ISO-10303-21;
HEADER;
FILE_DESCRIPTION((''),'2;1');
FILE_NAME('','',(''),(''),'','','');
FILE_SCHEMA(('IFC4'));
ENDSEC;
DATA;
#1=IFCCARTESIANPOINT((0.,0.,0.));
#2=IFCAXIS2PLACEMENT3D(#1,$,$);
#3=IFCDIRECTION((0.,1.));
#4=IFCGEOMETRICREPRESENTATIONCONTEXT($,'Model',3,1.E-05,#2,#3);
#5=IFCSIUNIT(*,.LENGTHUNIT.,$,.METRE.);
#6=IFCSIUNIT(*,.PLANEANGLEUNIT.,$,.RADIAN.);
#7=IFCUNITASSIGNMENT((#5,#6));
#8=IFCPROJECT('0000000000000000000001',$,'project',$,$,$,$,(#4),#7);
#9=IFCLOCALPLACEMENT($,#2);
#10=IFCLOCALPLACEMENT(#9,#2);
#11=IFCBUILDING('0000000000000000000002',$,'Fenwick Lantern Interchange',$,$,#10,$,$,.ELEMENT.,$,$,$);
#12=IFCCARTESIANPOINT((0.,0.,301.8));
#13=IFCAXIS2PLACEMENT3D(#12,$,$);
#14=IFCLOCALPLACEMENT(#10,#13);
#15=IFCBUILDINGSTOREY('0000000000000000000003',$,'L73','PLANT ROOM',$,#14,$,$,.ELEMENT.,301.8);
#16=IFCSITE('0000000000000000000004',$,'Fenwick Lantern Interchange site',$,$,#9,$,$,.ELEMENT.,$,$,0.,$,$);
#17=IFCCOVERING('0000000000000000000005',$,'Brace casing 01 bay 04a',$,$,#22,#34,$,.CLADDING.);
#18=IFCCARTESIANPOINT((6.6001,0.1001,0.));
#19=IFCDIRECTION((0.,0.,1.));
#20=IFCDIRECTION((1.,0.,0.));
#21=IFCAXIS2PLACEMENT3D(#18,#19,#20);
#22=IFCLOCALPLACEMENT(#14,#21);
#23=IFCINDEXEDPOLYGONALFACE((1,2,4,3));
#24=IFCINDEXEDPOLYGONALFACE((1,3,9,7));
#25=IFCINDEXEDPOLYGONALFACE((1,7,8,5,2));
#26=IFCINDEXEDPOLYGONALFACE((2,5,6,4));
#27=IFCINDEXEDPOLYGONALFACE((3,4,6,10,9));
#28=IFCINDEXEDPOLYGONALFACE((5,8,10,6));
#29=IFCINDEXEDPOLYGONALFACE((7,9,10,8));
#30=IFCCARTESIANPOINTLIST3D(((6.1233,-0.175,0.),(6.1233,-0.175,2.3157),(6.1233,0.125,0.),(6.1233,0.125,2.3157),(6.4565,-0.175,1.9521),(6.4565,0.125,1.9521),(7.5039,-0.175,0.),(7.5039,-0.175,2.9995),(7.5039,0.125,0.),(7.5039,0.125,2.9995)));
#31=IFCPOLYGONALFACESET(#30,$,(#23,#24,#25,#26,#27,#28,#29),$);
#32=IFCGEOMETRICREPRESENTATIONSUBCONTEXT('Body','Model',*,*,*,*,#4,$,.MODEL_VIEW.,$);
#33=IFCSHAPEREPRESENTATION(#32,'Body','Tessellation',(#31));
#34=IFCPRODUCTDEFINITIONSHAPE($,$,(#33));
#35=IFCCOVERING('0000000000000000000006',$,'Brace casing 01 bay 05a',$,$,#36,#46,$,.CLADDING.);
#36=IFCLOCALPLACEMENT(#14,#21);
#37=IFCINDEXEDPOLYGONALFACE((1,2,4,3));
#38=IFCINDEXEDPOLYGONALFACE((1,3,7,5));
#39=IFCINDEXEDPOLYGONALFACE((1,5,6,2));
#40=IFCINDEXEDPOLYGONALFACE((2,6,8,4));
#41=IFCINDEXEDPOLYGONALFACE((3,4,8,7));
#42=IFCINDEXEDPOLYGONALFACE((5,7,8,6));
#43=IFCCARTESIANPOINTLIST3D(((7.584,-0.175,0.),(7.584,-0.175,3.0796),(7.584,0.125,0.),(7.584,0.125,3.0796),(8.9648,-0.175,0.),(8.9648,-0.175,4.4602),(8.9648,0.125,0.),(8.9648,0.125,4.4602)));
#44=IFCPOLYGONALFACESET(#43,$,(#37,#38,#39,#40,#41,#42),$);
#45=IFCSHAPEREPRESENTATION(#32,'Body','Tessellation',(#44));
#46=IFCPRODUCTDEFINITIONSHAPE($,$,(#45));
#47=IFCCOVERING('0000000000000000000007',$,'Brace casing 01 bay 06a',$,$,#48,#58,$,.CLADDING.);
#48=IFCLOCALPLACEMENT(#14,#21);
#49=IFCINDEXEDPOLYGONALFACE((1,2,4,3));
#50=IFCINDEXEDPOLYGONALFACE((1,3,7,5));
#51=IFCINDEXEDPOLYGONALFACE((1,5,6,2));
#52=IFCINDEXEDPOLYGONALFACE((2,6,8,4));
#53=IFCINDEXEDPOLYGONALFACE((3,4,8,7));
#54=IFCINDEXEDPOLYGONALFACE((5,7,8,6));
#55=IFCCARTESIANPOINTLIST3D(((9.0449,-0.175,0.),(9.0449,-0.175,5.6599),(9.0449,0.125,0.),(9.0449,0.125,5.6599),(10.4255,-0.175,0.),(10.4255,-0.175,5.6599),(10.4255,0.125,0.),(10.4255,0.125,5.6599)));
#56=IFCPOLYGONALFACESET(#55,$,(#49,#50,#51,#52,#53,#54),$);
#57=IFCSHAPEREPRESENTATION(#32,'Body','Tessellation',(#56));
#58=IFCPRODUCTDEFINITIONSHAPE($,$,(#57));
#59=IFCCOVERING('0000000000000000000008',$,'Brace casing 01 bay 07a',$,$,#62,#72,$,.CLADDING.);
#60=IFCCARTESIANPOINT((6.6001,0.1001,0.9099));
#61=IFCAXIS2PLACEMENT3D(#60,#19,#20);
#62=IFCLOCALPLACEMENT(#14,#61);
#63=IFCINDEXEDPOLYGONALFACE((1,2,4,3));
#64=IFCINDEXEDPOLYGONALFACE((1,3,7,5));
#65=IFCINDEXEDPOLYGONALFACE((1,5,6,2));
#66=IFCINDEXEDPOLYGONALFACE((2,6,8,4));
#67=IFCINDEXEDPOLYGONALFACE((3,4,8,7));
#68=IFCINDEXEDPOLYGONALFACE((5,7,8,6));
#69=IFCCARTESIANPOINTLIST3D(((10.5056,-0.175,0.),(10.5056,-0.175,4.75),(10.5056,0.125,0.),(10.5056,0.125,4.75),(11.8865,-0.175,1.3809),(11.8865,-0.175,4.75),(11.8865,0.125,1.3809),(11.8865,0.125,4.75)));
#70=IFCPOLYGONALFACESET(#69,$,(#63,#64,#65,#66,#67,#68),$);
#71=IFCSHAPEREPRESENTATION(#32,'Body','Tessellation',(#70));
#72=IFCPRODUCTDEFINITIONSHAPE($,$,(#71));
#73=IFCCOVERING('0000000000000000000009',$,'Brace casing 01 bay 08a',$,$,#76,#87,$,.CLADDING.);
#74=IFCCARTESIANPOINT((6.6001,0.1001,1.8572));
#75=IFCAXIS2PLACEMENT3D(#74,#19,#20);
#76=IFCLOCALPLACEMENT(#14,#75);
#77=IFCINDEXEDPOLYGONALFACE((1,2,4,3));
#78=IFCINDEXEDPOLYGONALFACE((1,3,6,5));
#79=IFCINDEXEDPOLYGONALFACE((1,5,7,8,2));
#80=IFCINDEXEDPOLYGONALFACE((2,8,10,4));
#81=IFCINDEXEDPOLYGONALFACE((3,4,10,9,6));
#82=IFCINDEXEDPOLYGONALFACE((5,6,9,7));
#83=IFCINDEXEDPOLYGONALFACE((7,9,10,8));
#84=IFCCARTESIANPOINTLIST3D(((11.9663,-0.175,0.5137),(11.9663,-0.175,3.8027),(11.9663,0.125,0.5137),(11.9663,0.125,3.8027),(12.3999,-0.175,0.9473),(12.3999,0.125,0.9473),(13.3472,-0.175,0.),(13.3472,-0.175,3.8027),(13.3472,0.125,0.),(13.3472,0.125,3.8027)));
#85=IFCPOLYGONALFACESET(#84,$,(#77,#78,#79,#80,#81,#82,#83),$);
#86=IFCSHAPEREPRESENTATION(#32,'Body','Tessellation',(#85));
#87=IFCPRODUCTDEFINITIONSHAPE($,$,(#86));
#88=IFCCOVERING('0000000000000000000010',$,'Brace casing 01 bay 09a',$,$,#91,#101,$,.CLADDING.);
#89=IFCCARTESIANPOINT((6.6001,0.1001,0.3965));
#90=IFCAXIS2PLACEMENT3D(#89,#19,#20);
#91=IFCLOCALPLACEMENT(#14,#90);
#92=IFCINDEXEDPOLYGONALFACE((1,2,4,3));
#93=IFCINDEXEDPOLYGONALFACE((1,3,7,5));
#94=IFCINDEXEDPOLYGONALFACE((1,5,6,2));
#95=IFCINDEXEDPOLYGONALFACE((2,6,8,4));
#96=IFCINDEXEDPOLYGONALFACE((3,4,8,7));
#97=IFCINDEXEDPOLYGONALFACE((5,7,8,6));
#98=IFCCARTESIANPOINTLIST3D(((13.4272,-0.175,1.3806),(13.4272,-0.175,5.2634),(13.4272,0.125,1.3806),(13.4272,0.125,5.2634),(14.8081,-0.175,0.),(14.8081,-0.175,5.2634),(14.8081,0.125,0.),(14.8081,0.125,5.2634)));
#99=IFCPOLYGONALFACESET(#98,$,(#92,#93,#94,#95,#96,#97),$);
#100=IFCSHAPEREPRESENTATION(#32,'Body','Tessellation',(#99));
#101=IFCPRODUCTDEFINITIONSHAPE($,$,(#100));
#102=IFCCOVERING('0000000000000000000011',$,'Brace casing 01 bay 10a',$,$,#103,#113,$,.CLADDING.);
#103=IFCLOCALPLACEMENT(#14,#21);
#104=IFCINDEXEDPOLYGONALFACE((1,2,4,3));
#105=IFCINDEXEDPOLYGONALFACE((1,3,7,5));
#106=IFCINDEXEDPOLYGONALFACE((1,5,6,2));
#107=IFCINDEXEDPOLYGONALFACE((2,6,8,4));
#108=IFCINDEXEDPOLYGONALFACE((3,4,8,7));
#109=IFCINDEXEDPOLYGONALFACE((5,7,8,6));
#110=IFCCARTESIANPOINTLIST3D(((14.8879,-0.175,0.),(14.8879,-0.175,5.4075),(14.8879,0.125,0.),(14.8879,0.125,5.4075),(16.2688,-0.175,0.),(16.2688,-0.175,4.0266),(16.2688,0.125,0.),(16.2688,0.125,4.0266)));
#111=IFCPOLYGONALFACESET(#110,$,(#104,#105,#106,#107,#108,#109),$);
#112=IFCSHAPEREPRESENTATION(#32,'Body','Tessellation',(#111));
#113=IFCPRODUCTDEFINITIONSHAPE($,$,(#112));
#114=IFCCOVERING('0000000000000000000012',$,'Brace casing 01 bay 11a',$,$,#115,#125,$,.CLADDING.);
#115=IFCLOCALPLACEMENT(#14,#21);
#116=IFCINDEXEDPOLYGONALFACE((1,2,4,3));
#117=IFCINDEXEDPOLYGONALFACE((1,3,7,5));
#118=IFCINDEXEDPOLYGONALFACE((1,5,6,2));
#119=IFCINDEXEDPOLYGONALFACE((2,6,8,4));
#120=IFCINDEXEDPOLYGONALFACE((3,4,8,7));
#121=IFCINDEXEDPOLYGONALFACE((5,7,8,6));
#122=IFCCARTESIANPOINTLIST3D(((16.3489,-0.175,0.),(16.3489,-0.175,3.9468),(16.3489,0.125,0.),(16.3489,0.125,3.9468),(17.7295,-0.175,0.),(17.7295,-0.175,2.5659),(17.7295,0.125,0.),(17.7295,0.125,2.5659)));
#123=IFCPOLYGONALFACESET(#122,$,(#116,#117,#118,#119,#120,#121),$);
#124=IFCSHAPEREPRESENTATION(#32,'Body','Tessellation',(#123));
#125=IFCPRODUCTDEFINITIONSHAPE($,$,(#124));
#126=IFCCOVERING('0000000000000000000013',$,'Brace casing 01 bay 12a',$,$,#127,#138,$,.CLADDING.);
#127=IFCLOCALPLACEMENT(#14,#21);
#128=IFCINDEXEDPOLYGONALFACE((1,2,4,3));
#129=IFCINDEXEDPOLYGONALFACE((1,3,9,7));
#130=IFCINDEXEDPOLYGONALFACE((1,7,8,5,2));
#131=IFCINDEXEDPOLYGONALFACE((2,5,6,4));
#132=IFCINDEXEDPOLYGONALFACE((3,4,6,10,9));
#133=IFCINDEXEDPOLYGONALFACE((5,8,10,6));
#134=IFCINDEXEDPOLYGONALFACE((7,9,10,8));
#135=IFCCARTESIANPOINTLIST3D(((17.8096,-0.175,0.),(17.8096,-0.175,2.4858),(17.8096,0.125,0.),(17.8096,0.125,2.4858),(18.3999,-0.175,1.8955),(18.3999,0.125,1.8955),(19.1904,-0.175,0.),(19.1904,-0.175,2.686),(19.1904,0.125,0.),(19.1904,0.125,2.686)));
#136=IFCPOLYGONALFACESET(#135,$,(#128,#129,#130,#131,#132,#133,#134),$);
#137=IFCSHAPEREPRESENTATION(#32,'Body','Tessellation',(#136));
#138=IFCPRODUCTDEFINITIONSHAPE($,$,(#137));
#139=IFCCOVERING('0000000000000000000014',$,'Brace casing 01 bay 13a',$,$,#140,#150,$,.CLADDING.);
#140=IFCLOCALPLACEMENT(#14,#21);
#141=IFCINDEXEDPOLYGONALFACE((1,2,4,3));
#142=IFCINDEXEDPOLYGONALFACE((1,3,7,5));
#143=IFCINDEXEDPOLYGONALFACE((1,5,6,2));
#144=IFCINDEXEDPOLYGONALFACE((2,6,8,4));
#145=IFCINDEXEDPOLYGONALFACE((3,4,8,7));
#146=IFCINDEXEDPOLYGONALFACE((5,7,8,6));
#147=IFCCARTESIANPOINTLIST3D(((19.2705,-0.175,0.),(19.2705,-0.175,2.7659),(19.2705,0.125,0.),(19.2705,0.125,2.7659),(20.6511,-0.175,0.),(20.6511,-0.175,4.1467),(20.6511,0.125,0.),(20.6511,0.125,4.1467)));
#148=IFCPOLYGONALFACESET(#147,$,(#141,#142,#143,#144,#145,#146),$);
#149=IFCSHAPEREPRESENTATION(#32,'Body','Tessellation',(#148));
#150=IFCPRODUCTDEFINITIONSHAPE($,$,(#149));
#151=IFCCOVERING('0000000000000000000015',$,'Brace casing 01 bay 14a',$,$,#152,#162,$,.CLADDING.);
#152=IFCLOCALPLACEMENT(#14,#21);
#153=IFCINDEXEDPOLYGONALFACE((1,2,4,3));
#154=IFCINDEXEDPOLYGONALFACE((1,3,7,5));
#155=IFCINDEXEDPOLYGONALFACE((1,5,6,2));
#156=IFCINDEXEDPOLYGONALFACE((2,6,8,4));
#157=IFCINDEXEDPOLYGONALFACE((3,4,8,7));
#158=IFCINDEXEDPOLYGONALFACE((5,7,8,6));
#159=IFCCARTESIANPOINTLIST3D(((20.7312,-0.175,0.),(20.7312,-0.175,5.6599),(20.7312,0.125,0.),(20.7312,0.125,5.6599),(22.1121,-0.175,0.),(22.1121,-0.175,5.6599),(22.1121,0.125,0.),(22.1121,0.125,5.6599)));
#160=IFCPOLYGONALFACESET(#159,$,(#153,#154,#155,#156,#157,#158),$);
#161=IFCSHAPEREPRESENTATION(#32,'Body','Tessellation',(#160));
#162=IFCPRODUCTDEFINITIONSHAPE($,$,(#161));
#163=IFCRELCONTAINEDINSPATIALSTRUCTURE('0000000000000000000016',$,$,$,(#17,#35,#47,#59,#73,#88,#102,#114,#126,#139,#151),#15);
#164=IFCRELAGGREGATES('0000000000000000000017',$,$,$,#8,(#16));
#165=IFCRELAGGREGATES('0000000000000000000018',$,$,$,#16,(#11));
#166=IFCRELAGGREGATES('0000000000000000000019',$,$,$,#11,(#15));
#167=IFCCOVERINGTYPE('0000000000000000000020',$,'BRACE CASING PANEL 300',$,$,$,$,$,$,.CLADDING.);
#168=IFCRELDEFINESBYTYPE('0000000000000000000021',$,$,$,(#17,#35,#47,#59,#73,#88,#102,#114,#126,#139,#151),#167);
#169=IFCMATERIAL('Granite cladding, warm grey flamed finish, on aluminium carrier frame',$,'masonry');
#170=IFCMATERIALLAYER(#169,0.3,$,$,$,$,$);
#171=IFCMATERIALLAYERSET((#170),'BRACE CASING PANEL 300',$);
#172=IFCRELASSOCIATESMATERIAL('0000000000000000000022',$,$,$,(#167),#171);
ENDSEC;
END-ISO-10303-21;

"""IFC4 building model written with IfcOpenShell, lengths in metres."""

from ifc_helpers import new_model, si_unit, direction, frame, origin, place, context, subcontext, project, spatial, polyline, outline, extrude, material, layer, layer_set, type_object, element, save


model = new_model("IFC4")

# Units and contexts
model_context = context("Model", 3, precision=1e-05, world=origin(), true_north=direction((0.0, 1.0)))
body_context = subcontext(model_context, "Body", "Model", "MODEL_VIEW")
ifc_project = project(units=[si_unit("LENGTHUNIT", "METRE"), si_unit("PLANEANGLEUNIT", "RADIAN")], contexts=[model_context])

# Site, building, storey
site_placement = place(None, origin())
site = spatial("IfcSite", under=ifc_project, at=site_placement, Name="Fenwick Lantern Interchange site", CompositionType="ELEMENT", RefElevation=0.0)
building_placement = place(site_placement, origin())
building = spatial("IfcBuilding", under=site, at=building_placement, Name="Fenwick Lantern Interchange", CompositionType="ELEMENT")
storey_placement = place(building_placement, frame((0.0, 0.0, 301.8)))
storey = spatial("IfcBuildingStorey", under=building, at=storey_placement, Name="L73", Description="PLANT ROOM", CompositionType="ELEMENT", Elevation=301.8)

# Coverings
ifc_material_1 = material(Name="Granite cladding, warm grey flamed finish, on aluminium carrier frame", Category="masonry")
ifc_layer_1 = layer(ifc_material_1, 0.3)
ifc_layer_set_1 = layer_set([ifc_layer_1], Name="BRACE CASING PANEL 300")
covering_type = type_object("IfcCoveringType", Name="BRACE CASING PANEL 300", PredefinedType="CLADDING", material=ifc_layer_set_1)
covering_1_placement = place(storey_placement, frame((6.6001, 0.1001, 0.0), z_axis=(0.0, 0.0, 1.0), x_axis=(1.0, 0.0, 0.0)))
element("IfcCovering", 1, at=covering_1_placement, inside=storey, type_object=covering_type, Name="Brace casing 01 bay 04a", PredefinedType="CLADDING", context=body_context, shape_type="SweptSolid", body=[
    extrude(outline(polyline([(6.1233, 0.0), (7.5039, 0.0), (7.5039, 2.9995), (6.4565, 1.9521), (6.1233, 2.3157), (6.1233, 0.0)])), frame((0.0, 0.125, 0.0), z_axis=(0.0, -1.0, 0.0), x_axis=(1.0, 0.0, 0.0)), (0.0, 0.0, 1.0), 0.3),
])
covering_2_placement = place(storey_placement, frame((6.6001, 0.1001, 0.0), z_axis=(0.0, 0.0, 1.0), x_axis=(1.0, 0.0, 0.0)))
element("IfcCovering", 2, at=covering_2_placement, inside=storey, type_object=covering_type, Name="Brace casing 01 bay 05a", PredefinedType="CLADDING", context=body_context, shape_type="SweptSolid", body=[
    extrude(outline(polyline([(7.584, 0.0), (8.9648, 0.0), (8.9648, 4.4602), (7.584, 3.0796), (7.584, 0.0)])), frame((0.0, 0.125, 0.0), z_axis=(0.0, -1.0, 0.0), x_axis=(1.0, 0.0, 0.0)), (0.0, 0.0, 1.0), 0.3),
])
covering_3_placement = place(storey_placement, frame((6.6001, 0.1001, 0.0), z_axis=(0.0, 0.0, 1.0), x_axis=(1.0, 0.0, 0.0)))
element("IfcCovering", 3, at=covering_3_placement, inside=storey, type_object=covering_type, Name="Brace casing 01 bay 06a", PredefinedType="CLADDING", context=body_context, shape_type="SweptSolid", body=[
    extrude(outline(polyline([(9.0449, 0.0), (10.4255, 0.0), (10.4255, 5.6599), (9.0449, 5.6599), (9.0449, 0.0)])), frame((0.0, 0.125, 0.0), z_axis=(0.0, -1.0, 0.0), x_axis=(1.0, 0.0, 0.0)), (0.0, 0.0, 1.0), 0.3),
])
covering_4_placement = place(storey_placement, frame((6.6001, 0.1001, 0.9099), z_axis=(0.0, 0.0, 1.0), x_axis=(1.0, 0.0, 0.0)))
element("IfcCovering", 4, at=covering_4_placement, inside=storey, type_object=covering_type, Name="Brace casing 01 bay 07a", PredefinedType="CLADDING", context=body_context, shape_type="SweptSolid", body=[
    extrude(outline(polyline([(10.5056, 0.0), (11.8865, 1.3809), (11.8865, 4.75), (10.5056, 4.75), (10.5056, 0.0)])), frame((0.0, 0.125, 0.0), z_axis=(0.0, -1.0, 0.0), x_axis=(1.0, 0.0, 0.0)), (0.0, 0.0, 1.0), 0.3),
])
covering_5_placement = place(storey_placement, frame((6.6001, 0.1001, 1.8572), z_axis=(0.0, 0.0, 1.0), x_axis=(1.0, 0.0, 0.0)))
element("IfcCovering", 5, at=covering_5_placement, inside=storey, type_object=covering_type, Name="Brace casing 01 bay 08a", PredefinedType="CLADDING", context=body_context, shape_type="SweptSolid", body=[
    extrude(outline(polyline([(13.3472, 0.0), (13.3472, 3.8027), (11.9663, 3.8027), (11.9663, 0.5137), (12.3999, 0.9473), (13.3472, 0.0)])), frame((0.0, 0.125, 0.0), z_axis=(0.0, -1.0, 0.0), x_axis=(1.0, 0.0, 0.0)), (0.0, 0.0, 1.0), 0.3),
])
covering_6_placement = place(storey_placement, frame((6.6001, 0.1001, 0.3965), z_axis=(0.0, 0.0, 1.0), x_axis=(1.0, 0.0, 0.0)))
element("IfcCovering", 6, at=covering_6_placement, inside=storey, type_object=covering_type, Name="Brace casing 01 bay 09a", PredefinedType="CLADDING", context=body_context, shape_type="SweptSolid", body=[
    extrude(outline(polyline([(14.8081, 0.0), (14.8081, 5.2634), (13.4272, 5.2634), (13.4272, 1.3806), (14.8081, 0.0)])), frame((0.0, 0.125, 0.0), z_axis=(0.0, -1.0, 0.0), x_axis=(1.0, 0.0, 0.0)), (0.0, 0.0, 1.0), 0.3),
])
covering_7_placement = place(storey_placement, frame((6.6001, 0.1001, 0.0), z_axis=(0.0, 0.0, 1.0), x_axis=(1.0, 0.0, 0.0)))
element("IfcCovering", 7, at=covering_7_placement, inside=storey, type_object=covering_type, Name="Brace casing 01 bay 10a", PredefinedType="CLADDING", context=body_context, shape_type="SweptSolid", body=[
    extrude(outline(polyline([(14.8879, 0.0), (16.2688, 0.0), (16.2688, 4.0266), (14.8879, 5.4075), (14.8879, 0.0)])), frame((0.0, 0.125, 0.0), z_axis=(0.0, -1.0, 0.0), x_axis=(1.0, 0.0, 0.0)), (0.0, 0.0, 1.0), 0.3),
])
covering_8_placement = place(storey_placement, frame((6.6001, 0.1001, 0.0), z_axis=(0.0, 0.0, 1.0), x_axis=(1.0, 0.0, 0.0)))
element("IfcCovering", 8, at=covering_8_placement, inside=storey, type_object=covering_type, Name="Brace casing 01 bay 11a", PredefinedType="CLADDING", context=body_context, shape_type="SweptSolid", body=[
    extrude(outline(polyline([(16.3489, 0.0), (17.7295, 0.0), (17.7295, 2.5659), (16.3489, 3.9468), (16.3489, 0.0)])), frame((0.0, 0.125, 0.0), z_axis=(0.0, -1.0, 0.0), x_axis=(1.0, 0.0, 0.0)), (0.0, 0.0, 1.0), 0.3),
])
covering_9_placement = place(storey_placement, frame((6.6001, 0.1001, 0.0), z_axis=(0.0, 0.0, 1.0), x_axis=(1.0, 0.0, 0.0)))
element("IfcCovering", 9, at=covering_9_placement, inside=storey, type_object=covering_type, Name="Brace casing 01 bay 12a", PredefinedType="CLADDING", context=body_context, shape_type="SweptSolid", body=[
    extrude(outline(polyline([(17.8096, 0.0), (19.1904, 0.0), (19.1904, 2.686), (18.3999, 1.8955), (17.8096, 2.4858), (17.8096, 0.0)])), frame((0.0, 0.125, 0.0), z_axis=(0.0, -1.0, 0.0), x_axis=(1.0, 0.0, 0.0)), (0.0, 0.0, 1.0), 0.3),
])
covering_10_placement = place(storey_placement, frame((6.6001, 0.1001, 0.0), z_axis=(0.0, 0.0, 1.0), x_axis=(1.0, 0.0, 0.0)))
element("IfcCovering", 10, at=covering_10_placement, inside=storey, type_object=covering_type, Name="Brace casing 01 bay 13a", PredefinedType="CLADDING", context=body_context, shape_type="SweptSolid", body=[
    extrude(outline(polyline([(19.2705, 0.0), (20.6511, 0.0), (20.6511, 4.1467), (19.2705, 2.7659), (19.2705, 0.0)])), frame((0.0, 0.125, 0.0), z_axis=(0.0, -1.0, 0.0), x_axis=(1.0, 0.0, 0.0)), (0.0, 0.0, 1.0), 0.3),
])
covering_11_placement = place(storey_placement, frame((6.6001, 0.1001, 0.0), z_axis=(0.0, 0.0, 1.0), x_axis=(1.0, 0.0, 0.0)))
element("IfcCovering", 11, at=covering_11_placement, inside=storey, type_object=covering_type, Name="Brace casing 01 bay 14a", PredefinedType="CLADDING", context=body_context, shape_type="SweptSolid", body=[
    extrude(outline(polyline([(20.7312, 0.0), (22.1121, 0.0), (22.1121, 5.6599), (20.7312, 5.6599), (20.7312, 0.0)])), frame((0.0, 0.125, 0.0), z_axis=(0.0, -1.0, 0.0), x_axis=(1.0, 0.0, 0.0)), (0.0, 0.0, 1.0), 0.3),
])

save(model, "model.ifc")
